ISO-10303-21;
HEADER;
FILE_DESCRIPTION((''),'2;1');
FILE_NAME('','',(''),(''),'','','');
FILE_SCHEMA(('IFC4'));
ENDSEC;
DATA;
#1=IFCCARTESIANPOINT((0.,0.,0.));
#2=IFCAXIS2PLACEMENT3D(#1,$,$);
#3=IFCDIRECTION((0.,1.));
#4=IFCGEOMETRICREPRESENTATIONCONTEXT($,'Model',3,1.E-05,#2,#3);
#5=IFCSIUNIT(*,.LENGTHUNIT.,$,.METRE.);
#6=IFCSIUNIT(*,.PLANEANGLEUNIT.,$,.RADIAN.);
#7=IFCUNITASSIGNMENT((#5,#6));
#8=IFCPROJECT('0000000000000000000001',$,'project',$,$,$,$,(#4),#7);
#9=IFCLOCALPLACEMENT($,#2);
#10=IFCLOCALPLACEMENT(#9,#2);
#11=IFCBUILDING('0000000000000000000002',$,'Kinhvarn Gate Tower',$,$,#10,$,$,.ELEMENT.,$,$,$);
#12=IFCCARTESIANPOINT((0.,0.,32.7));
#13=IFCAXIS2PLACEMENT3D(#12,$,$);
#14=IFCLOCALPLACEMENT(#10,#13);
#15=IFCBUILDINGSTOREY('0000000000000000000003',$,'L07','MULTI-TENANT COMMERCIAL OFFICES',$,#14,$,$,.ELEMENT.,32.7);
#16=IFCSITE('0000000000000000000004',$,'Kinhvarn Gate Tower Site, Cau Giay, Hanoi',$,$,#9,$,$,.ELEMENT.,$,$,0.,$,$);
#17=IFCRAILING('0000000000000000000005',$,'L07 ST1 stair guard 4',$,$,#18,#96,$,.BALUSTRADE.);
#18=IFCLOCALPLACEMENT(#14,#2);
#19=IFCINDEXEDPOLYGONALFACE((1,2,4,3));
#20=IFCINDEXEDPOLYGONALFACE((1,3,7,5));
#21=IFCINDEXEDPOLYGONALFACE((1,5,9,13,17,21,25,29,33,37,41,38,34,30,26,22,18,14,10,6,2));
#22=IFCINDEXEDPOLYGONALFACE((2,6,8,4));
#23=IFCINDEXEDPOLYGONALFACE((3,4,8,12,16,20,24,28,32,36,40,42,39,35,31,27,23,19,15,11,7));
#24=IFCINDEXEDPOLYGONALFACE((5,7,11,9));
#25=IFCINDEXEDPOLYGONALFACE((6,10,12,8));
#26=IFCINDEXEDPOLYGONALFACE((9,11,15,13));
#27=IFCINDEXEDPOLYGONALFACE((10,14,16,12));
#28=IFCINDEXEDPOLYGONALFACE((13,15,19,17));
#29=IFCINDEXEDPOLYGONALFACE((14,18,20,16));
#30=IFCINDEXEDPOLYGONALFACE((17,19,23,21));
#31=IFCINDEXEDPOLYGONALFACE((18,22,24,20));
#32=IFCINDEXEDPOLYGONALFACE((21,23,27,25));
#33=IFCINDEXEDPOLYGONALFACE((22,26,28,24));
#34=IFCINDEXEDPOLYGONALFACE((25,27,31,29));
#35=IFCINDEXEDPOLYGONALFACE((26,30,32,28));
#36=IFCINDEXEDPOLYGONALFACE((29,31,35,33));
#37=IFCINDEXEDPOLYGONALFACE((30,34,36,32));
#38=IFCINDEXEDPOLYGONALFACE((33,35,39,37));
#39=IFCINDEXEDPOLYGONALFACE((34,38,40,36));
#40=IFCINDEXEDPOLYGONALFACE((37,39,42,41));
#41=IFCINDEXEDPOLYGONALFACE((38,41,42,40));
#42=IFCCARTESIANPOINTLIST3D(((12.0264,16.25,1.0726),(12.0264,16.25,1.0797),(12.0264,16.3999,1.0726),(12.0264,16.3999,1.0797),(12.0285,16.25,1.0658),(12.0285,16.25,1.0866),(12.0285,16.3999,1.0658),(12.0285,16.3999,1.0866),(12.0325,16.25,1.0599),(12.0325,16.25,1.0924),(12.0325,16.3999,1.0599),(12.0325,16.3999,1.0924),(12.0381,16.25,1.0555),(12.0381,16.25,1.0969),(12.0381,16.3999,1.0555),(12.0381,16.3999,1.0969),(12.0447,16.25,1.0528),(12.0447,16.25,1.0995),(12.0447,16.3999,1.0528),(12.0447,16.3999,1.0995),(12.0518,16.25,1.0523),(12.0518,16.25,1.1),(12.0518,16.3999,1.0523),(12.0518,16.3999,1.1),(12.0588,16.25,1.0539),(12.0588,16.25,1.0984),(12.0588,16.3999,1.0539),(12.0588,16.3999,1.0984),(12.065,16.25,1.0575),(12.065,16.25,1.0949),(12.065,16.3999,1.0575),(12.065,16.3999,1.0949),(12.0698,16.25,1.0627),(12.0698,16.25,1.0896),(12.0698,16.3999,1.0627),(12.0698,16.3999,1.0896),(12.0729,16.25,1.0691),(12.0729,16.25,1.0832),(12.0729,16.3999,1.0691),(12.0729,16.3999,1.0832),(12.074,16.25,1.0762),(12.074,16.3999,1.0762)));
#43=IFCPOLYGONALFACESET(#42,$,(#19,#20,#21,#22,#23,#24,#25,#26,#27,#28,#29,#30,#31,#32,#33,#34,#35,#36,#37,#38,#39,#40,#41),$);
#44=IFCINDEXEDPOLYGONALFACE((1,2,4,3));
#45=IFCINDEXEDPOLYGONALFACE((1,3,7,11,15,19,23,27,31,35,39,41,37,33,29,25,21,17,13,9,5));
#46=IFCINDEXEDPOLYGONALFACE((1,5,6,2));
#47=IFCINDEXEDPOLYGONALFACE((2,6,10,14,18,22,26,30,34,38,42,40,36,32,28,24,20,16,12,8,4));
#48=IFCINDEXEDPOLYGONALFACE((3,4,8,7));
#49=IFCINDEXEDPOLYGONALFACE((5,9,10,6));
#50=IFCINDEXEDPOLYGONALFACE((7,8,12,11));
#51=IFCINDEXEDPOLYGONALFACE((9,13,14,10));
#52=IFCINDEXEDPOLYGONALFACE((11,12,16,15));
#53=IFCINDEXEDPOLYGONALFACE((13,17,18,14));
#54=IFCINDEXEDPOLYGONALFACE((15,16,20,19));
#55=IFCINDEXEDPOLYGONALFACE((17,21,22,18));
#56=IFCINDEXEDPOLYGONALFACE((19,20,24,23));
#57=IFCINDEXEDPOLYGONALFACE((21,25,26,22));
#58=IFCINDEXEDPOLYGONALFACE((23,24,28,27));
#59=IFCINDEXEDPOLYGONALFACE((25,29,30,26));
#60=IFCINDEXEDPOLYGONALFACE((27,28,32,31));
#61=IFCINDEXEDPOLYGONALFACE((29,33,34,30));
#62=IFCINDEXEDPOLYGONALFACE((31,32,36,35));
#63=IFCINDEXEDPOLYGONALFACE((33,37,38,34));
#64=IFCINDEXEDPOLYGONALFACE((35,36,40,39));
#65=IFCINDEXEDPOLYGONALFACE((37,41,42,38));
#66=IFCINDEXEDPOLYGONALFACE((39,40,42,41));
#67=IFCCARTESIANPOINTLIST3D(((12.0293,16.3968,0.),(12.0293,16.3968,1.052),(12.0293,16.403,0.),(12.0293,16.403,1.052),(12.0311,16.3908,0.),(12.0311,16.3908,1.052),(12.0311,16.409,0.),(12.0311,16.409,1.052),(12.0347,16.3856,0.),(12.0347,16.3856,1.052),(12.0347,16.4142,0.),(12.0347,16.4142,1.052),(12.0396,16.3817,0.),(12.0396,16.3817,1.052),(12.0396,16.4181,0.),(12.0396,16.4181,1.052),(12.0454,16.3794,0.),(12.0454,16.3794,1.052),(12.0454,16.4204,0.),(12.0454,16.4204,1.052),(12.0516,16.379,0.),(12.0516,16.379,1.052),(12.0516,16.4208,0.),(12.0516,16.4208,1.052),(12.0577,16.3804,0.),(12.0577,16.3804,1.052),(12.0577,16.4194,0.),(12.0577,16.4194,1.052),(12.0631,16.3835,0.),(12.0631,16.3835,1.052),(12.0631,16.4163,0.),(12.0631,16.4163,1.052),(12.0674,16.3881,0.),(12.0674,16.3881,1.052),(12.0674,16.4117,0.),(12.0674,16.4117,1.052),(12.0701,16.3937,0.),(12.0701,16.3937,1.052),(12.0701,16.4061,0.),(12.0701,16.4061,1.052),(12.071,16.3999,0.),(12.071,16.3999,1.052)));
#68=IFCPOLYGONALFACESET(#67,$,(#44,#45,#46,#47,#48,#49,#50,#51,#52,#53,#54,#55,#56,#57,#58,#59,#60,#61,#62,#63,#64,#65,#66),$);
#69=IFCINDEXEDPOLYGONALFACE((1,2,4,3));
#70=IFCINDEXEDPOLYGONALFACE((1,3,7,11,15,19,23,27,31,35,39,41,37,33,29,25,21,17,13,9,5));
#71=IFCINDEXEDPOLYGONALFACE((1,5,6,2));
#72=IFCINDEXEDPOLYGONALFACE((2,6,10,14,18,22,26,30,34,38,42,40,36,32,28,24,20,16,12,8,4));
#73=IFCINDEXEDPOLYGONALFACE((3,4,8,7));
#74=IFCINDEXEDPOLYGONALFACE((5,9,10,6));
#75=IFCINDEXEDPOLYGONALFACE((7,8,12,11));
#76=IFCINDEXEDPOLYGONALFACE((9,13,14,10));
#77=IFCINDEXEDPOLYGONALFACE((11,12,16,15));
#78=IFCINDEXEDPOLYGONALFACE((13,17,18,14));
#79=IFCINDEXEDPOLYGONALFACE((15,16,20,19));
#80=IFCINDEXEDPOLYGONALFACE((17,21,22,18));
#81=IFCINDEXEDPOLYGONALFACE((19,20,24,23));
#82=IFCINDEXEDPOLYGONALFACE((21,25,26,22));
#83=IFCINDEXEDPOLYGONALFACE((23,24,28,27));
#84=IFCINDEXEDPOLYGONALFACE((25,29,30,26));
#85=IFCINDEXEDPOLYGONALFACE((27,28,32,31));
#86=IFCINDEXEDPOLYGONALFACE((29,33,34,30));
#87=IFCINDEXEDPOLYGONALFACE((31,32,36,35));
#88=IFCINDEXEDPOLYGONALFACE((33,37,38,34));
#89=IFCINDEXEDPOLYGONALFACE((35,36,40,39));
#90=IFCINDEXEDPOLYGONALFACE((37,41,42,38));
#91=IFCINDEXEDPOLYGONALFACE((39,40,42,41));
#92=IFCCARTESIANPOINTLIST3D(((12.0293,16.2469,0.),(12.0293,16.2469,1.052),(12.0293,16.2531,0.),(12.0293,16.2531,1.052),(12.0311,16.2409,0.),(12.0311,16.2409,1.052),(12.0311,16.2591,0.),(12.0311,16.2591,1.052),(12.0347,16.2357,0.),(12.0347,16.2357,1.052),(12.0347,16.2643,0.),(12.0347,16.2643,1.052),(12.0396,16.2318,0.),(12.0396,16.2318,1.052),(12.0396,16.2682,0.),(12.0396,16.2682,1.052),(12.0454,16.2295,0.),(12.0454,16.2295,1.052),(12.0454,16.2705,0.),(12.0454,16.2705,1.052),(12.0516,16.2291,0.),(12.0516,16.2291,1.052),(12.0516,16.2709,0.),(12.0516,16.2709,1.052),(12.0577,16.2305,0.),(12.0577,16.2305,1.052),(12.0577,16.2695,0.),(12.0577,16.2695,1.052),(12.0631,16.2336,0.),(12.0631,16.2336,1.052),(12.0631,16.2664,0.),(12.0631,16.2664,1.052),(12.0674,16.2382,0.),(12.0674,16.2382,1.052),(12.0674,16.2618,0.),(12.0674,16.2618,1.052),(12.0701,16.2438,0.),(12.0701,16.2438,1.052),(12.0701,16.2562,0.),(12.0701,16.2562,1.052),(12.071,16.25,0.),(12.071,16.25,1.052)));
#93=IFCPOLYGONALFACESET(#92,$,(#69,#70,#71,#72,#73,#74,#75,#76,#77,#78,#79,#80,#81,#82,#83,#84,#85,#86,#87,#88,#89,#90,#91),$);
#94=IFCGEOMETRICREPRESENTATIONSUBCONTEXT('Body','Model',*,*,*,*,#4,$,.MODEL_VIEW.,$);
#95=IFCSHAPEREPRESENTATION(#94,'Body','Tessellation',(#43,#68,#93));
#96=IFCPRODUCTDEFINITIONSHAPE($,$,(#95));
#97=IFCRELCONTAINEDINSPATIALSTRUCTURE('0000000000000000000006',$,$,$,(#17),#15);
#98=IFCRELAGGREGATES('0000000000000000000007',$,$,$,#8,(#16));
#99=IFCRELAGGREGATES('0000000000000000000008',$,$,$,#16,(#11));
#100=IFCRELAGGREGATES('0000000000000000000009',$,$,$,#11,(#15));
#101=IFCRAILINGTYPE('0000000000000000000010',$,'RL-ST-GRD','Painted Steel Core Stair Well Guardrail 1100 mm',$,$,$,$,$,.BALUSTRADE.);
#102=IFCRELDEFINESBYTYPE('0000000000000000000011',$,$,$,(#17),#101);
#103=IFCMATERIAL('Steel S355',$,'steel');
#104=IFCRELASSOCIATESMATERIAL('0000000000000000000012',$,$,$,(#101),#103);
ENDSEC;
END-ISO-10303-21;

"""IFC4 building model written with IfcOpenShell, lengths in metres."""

from ifc_helpers import new_model, si_unit, direction, frame, origin, origin_2d, place, context, subcontext, project, spatial, circle, extrude, material, type_object, element, save


model = new_model("IFC4")

# Units and contexts
model_context = context("Model", 3, precision=1e-05, world=origin(), true_north=direction((0.0, 1.0)))
body_context = subcontext(model_context, "Body", "Model", "MODEL_VIEW")
ifc_project = project(units=[si_unit("LENGTHUNIT", "METRE"), si_unit("PLANEANGLEUNIT", "RADIAN")], contexts=[model_context])

# Site, building, storey
site_placement = place(None, origin())
site = spatial("IfcSite", under=ifc_project, at=site_placement, Name="Kinhvarn Gate Tower Site, Cau Giay, Hanoi", CompositionType="ELEMENT", RefElevation=0.0)
building_placement = place(site_placement, origin())
building = spatial("IfcBuilding", under=site, at=building_placement, Name="Kinhvarn Gate Tower", CompositionType="ELEMENT")
storey_placement = place(building_placement, frame((0.0, 0.0, 32.7)))
storey = spatial("IfcBuildingStorey", under=building, at=storey_placement, Name="L07", Description="MULTI-TENANT COMMERCIAL OFFICES", CompositionType="ELEMENT", Elevation=32.7)

# Shared definitions
ifc_material_1 = material(Name="Steel S355", Category="steel")

# Railing
railing_type_1 = type_object("IfcRailingType", Name="RL-ST-GRD", Description="Painted Steel Core Stair Well Guardrail 1100 mm", PredefinedType="BALUSTRADE", material=ifc_material_1)
railing_1_placement = place(storey_placement, frame((12.05, 16.3999, 0.0)))
element("IfcRailing", 1, at=railing_1_placement, inside=storey, type_object=railing_type_1, Name="L07 ST1 stair guard 4", PredefinedType="BALUSTRADE", context=body_context, shape_type="SweptSolid", body=[
    extrude(circle(Radius=0.0239, at=origin_2d()), frame((0.0, 0.0, 1.0762), z_axis=(0.0, -1.0, 0.0), x_axis=(1.0, 0.0, 0.0)), (0.0, 0.0, 1.0), 0.1499),
    extrude(circle(Radius=0.021, at=origin_2d()), origin(), (0.0, 0.0, 1.0), 1.052),
    extrude(circle(Radius=0.021, at=origin_2d()), frame((0.0, -0.1499, 0.0)), (0.0, 0.0, 1.0), 1.052),
])

save(model, "model.ifc")
